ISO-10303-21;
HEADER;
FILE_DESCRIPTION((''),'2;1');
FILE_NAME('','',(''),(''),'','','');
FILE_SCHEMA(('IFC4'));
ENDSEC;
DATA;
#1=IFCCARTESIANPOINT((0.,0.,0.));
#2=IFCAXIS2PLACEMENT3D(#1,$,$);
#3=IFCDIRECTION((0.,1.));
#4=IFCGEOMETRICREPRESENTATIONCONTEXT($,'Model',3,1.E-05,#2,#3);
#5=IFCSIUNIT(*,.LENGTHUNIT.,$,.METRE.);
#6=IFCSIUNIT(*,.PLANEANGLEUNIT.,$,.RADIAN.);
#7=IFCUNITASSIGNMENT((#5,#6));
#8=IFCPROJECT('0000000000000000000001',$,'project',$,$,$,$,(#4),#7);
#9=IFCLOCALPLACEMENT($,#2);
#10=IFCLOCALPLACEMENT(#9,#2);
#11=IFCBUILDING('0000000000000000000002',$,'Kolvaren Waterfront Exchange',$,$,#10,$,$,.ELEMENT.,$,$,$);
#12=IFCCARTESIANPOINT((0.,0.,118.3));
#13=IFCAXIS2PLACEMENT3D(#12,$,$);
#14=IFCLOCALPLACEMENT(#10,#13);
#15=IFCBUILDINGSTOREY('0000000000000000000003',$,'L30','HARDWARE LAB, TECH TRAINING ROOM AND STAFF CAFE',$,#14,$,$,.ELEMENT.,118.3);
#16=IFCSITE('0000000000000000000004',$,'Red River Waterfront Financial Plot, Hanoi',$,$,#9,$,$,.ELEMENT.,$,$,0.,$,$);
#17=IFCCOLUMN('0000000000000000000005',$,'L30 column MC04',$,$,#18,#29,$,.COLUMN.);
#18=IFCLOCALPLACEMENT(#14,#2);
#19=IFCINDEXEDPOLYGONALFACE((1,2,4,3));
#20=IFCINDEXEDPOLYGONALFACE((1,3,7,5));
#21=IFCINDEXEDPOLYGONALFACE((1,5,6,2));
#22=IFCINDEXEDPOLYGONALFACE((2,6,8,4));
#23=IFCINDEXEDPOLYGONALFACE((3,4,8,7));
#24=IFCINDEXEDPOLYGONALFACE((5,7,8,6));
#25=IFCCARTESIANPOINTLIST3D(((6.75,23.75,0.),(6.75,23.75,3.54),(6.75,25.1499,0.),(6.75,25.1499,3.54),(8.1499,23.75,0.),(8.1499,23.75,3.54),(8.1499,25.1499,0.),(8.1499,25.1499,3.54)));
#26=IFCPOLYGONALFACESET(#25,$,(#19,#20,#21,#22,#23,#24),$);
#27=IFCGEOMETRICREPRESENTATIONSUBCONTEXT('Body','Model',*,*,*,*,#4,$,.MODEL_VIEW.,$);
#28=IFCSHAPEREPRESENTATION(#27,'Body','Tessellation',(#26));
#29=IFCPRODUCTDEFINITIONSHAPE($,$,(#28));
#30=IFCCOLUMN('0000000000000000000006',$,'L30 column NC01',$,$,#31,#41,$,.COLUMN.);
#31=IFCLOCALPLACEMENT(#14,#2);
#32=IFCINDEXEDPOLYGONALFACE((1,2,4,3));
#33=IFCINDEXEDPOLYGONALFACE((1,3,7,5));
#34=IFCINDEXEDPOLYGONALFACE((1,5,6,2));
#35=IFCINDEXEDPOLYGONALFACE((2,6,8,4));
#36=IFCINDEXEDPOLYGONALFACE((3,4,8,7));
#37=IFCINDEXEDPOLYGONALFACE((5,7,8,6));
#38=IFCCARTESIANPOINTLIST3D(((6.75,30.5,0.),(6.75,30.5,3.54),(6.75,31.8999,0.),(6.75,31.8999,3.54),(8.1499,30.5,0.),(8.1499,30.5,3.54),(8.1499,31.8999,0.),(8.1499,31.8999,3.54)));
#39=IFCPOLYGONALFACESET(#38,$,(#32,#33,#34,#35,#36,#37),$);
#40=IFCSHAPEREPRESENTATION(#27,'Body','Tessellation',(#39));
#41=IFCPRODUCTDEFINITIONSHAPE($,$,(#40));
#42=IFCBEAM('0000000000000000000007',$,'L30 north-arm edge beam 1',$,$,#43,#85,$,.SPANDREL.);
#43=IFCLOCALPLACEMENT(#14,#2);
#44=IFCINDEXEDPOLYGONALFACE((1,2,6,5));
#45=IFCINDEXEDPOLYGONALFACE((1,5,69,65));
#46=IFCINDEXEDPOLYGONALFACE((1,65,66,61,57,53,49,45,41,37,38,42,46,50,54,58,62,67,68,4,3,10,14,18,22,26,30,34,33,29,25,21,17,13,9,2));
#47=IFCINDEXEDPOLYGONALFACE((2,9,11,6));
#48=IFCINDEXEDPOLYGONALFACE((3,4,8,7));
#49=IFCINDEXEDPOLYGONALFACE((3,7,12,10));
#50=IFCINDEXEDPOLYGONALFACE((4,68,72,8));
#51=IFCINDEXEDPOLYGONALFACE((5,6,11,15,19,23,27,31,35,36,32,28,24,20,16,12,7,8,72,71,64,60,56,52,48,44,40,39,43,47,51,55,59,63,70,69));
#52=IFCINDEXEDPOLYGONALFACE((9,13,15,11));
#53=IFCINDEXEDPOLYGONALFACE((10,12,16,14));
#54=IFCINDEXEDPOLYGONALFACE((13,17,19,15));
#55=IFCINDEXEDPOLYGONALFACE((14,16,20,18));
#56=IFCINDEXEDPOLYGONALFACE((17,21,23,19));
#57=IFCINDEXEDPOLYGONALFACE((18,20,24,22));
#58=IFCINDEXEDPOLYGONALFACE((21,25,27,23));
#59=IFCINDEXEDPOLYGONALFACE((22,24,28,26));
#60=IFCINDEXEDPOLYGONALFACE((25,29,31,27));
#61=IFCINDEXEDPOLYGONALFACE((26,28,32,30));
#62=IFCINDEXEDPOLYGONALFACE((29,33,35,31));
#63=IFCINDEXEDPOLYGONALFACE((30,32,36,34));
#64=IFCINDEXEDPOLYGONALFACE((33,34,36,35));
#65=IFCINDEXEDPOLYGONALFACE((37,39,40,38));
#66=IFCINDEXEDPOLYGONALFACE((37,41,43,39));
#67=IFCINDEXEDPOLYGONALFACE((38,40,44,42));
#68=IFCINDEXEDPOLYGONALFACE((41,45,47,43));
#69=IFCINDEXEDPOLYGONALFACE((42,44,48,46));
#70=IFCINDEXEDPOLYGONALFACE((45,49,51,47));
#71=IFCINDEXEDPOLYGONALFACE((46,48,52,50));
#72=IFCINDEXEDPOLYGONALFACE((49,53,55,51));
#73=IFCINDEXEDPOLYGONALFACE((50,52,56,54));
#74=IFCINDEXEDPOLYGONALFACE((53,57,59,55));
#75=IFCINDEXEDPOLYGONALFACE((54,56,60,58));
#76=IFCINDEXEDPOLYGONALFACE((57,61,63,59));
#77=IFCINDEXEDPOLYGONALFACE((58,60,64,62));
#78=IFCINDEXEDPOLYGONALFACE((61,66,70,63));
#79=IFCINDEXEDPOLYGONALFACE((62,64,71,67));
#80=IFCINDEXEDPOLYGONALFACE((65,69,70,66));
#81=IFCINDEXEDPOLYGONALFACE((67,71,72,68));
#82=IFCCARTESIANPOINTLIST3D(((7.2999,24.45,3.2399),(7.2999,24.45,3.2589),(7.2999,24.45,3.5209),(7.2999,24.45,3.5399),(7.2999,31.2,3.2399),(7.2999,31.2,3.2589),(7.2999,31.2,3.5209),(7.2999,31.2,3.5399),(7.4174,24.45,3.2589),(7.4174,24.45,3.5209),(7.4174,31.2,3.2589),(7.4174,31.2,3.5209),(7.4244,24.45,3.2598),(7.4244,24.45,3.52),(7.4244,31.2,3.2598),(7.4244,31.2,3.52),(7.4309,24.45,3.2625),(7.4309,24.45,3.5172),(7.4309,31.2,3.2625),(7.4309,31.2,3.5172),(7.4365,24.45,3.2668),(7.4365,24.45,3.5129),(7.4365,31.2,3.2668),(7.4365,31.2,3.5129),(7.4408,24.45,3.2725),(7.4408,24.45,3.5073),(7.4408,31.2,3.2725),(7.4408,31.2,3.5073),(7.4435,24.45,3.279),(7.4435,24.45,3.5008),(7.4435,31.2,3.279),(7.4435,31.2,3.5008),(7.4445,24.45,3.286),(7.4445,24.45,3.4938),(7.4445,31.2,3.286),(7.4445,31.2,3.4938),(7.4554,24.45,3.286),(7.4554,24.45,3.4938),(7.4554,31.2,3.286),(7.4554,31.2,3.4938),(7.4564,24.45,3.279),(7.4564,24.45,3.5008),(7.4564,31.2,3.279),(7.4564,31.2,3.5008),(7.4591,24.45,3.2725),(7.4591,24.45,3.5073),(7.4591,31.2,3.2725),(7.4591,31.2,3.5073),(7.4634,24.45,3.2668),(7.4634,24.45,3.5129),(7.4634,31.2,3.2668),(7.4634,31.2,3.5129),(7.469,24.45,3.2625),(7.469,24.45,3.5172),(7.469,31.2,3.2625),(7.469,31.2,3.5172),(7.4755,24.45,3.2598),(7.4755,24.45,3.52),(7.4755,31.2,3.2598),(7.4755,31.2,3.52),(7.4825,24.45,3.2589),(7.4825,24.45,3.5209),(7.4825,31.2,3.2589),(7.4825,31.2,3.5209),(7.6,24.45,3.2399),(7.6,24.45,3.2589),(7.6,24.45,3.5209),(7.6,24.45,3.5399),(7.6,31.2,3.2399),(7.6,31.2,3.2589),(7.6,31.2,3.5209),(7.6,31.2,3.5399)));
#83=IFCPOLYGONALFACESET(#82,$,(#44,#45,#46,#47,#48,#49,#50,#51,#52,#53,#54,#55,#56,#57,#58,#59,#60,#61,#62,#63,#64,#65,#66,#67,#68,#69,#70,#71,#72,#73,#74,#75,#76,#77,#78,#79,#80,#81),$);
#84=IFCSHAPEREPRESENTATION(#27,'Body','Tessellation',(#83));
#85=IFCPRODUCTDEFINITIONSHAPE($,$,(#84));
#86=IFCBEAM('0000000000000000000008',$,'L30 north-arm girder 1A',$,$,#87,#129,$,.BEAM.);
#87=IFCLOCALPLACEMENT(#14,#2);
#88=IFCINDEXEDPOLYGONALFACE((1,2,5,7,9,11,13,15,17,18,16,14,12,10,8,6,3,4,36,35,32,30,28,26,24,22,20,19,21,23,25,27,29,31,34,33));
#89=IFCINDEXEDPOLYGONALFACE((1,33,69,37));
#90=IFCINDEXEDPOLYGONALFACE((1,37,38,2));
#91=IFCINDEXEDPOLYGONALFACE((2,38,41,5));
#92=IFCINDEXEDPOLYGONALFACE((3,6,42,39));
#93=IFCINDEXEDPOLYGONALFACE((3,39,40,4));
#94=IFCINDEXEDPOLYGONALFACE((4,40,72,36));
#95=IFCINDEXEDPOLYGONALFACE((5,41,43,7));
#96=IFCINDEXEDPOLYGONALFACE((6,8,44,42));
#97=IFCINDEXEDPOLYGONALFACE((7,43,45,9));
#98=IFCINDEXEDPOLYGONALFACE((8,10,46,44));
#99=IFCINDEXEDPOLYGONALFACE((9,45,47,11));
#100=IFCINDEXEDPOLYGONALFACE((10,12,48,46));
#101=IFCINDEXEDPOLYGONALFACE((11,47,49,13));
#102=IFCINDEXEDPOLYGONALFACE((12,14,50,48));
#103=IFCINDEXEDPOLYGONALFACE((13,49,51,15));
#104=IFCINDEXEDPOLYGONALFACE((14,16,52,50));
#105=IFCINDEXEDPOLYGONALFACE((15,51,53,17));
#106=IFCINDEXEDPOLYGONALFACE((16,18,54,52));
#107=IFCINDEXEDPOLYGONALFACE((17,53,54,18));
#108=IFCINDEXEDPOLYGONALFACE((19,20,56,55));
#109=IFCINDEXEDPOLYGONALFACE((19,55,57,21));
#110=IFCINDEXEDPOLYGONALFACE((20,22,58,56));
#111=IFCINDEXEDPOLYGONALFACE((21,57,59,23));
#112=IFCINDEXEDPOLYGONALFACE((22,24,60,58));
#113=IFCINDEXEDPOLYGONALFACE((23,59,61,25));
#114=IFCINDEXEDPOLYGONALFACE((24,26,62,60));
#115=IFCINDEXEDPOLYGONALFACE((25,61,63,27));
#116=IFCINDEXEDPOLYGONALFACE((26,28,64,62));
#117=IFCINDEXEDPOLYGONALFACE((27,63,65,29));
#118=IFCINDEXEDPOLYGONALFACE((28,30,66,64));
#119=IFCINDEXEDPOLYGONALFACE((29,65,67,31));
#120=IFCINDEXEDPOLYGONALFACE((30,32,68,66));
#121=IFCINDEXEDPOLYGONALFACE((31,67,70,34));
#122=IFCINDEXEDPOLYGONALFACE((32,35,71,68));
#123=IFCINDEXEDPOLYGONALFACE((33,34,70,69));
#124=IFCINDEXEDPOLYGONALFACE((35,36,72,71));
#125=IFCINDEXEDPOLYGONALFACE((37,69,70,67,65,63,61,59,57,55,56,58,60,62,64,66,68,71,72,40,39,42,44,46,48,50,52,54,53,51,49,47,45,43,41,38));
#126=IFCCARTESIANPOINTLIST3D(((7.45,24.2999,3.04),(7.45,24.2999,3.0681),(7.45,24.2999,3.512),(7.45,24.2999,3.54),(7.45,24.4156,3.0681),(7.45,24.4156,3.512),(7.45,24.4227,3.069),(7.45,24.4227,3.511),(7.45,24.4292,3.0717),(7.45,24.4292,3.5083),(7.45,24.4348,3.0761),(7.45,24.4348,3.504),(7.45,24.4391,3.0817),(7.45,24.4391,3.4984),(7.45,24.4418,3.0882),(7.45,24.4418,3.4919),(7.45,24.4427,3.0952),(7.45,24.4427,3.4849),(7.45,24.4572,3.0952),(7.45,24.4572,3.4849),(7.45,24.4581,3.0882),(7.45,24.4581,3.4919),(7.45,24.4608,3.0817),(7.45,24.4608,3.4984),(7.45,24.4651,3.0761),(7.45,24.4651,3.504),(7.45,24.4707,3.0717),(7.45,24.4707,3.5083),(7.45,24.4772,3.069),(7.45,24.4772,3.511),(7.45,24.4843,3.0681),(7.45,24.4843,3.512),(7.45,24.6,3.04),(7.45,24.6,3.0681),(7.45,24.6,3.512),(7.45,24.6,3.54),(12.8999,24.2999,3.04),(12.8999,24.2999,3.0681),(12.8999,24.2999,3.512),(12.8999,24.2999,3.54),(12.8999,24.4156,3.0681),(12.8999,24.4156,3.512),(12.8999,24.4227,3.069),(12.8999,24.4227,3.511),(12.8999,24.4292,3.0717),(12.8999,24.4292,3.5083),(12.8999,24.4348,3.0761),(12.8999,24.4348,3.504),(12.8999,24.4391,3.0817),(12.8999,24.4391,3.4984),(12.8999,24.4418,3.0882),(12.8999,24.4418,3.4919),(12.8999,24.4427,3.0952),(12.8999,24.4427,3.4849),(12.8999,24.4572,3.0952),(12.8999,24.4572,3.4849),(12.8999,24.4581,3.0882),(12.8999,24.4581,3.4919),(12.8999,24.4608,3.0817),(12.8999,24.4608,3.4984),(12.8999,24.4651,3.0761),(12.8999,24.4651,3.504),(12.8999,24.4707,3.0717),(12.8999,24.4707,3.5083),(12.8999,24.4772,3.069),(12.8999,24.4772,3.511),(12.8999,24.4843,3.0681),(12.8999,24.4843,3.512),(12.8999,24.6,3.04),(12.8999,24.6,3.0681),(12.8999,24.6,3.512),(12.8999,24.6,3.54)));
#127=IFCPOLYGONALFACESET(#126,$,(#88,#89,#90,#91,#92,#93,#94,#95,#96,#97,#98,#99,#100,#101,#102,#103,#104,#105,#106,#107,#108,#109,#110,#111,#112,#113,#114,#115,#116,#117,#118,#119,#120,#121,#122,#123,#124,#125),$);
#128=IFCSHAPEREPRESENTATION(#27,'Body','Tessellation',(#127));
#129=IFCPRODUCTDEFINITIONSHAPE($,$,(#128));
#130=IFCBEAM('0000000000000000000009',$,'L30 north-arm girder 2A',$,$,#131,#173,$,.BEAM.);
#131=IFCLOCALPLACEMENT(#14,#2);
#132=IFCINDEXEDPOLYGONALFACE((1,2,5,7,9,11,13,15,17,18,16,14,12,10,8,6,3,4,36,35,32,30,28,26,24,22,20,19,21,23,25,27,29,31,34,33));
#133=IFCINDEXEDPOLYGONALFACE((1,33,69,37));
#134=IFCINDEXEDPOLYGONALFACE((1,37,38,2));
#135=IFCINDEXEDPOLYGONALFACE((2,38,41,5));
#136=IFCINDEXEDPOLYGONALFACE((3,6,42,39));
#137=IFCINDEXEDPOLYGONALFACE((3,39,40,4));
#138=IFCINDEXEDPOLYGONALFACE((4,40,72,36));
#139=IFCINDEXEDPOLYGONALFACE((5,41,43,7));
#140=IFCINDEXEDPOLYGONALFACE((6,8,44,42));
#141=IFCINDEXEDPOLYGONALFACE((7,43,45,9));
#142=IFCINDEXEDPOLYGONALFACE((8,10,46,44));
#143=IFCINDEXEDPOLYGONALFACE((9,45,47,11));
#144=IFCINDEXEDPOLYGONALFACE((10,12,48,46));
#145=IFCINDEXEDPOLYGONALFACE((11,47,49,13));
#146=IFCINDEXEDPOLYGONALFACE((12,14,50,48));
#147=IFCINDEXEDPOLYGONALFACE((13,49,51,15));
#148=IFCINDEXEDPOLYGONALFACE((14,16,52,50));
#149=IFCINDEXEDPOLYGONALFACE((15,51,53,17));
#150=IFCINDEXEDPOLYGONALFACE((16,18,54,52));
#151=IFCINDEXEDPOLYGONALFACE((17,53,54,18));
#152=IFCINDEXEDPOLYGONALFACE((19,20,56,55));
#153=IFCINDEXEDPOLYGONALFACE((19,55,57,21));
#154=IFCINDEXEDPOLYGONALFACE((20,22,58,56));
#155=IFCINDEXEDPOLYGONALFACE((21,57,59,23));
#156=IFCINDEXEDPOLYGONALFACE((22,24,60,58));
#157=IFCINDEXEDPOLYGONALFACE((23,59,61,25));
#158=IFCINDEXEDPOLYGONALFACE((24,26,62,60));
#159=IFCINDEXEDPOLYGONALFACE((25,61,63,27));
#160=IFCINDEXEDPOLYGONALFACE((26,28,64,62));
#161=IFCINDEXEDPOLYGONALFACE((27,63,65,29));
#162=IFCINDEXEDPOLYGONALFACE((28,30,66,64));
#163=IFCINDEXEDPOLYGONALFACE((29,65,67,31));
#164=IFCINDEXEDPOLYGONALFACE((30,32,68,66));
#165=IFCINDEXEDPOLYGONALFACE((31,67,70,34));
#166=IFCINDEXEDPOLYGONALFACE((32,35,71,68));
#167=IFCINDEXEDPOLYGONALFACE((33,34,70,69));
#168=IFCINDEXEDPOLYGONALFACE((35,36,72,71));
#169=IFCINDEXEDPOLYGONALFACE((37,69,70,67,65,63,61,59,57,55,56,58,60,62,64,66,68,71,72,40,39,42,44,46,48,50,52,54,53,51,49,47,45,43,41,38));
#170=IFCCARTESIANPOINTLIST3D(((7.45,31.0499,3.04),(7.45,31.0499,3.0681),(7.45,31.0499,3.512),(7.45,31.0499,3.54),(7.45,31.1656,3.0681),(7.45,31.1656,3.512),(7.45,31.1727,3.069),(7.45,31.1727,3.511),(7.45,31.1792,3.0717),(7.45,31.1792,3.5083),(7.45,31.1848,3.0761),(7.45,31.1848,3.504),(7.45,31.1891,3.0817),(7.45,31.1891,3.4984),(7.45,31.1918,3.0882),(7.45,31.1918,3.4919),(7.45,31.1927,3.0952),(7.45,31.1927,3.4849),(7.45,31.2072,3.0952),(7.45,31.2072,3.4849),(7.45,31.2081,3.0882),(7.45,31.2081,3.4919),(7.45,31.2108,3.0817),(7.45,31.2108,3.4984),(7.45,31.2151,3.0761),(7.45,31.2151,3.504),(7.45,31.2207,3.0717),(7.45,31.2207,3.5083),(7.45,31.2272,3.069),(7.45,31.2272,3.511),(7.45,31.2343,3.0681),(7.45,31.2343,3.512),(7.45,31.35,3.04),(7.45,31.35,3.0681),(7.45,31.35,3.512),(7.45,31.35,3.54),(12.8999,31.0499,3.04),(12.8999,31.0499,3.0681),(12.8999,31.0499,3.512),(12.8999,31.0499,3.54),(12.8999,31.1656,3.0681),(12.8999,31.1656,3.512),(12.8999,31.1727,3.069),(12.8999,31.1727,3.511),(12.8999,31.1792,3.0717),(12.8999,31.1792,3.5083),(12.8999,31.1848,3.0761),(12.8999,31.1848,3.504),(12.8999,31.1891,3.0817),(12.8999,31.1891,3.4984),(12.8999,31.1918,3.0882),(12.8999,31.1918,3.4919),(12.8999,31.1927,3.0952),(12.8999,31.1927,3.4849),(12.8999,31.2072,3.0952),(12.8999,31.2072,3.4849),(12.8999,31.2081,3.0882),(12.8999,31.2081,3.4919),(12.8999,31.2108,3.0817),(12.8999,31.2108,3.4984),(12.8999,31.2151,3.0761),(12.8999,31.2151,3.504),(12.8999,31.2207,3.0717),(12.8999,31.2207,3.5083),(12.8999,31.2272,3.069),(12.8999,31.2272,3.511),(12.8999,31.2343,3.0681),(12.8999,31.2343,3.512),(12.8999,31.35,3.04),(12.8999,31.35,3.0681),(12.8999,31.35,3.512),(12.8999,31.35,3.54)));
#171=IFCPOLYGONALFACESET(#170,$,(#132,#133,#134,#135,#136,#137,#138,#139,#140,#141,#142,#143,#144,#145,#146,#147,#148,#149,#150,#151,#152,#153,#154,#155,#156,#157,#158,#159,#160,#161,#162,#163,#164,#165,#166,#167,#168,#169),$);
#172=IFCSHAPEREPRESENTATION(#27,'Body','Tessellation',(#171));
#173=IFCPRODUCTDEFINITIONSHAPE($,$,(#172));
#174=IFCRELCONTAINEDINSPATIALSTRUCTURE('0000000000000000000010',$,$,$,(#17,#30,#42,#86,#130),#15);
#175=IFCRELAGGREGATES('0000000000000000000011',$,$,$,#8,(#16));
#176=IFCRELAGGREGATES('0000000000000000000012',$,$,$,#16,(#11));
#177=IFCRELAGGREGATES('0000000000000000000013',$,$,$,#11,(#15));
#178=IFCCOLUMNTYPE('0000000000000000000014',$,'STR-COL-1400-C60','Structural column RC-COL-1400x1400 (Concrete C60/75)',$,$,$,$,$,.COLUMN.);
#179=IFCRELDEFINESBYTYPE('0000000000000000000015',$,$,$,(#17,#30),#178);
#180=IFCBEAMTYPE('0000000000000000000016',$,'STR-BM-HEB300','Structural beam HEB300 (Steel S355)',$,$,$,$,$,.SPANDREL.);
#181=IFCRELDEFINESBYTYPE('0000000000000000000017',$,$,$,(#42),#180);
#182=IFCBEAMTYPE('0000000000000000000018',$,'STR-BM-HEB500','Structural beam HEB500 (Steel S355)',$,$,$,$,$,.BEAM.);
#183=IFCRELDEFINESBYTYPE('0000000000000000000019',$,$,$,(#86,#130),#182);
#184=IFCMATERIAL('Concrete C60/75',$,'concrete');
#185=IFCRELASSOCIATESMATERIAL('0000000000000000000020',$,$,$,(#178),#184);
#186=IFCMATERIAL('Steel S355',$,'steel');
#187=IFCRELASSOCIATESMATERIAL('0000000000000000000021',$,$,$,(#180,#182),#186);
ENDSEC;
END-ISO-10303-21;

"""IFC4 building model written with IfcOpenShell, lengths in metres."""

from ifc_helpers import new_model, si_unit, direction, frame, origin, origin_2d, place, context, subcontext, project, spatial, rectangle, i_section, extrude, material, material_profile, profile_set, type_object, element, save


model = new_model("IFC4")

# Units and contexts
model_context = context("Model", 3, precision=1e-05, world=origin(), true_north=direction((0.0, 1.0)))
body_context = subcontext(model_context, "Body", "Model", "MODEL_VIEW")
ifc_project = project(units=[si_unit("LENGTHUNIT", "METRE"), si_unit("PLANEANGLEUNIT", "RADIAN")], contexts=[model_context])

# Site, building, storey
site_placement = place(None, origin())
site = spatial("IfcSite", under=ifc_project, at=site_placement, Name="Red River Waterfront Financial Plot, Hanoi", CompositionType="ELEMENT", RefElevation=0.0)
building_placement = place(site_placement, origin())
building = spatial("IfcBuilding", under=site, at=building_placement, Name="Kolvaren Waterfront Exchange", CompositionType="ELEMENT")
storey_placement = place(building_placement, frame((0.0, 0.0, 118.3)))
storey = spatial("IfcBuildingStorey", under=building, at=storey_placement, Name="L30", Description="HARDWARE LAB, TECH TRAINING ROOM AND STAFF CAFE", CompositionType="ELEMENT", Elevation=118.3)

# Columns
ifc_material_1 = material(Name="Concrete C60/75", Category="concrete")
ifc_material_profile_1 = material_profile(ifc_material_1, rectangle(XDim=1.3999, YDim=1.3999, at=origin_2d()), Name="RC-COL-1400x1400")
ifc_profile_set_1 = profile_set([ifc_material_profile_1], Name="Concrete C60/75")
column_type = type_object("IfcColumnType", Name="STR-COL-1400-C60", Description="Structural column RC-COL-1400x1400 (Concrete C60/75)", PredefinedType="COLUMN", material=ifc_profile_set_1)
for number, where, z_axis, x_axis, name in (
    (1, (7.45, 24.45, 0.0), (0.0, 0.0, 1.0), (1.0, 0.0, 0.0), "L30 column MC04"),
    (2, (7.45, 31.2, 0.0), (0.0, 0.0, 1.0), (1.0, 0.0, 0.0), "L30 column NC01"),
):
    element("IfcColumn", number, at=place(storey_placement, frame(where, z_axis=z_axis, x_axis=x_axis)), inside=storey, type_object=column_type, Name=name, PredefinedType="COLUMN", context=body_context, shape_type="SweptSolid", body=[
        extrude(rectangle(XDim=1.3999, YDim=1.3999, at=origin_2d()), origin(), (0.0, 0.0, 1.0), 3.54),
    ])

# Beams
ifc_material_2 = material(Name="Steel S355", Category="steel")
ifc_material_profile_2 = material_profile(ifc_material_2, i_section(OverallWidth=0.3, OverallDepth=0.3, WebThickness=0.011, FlangeThickness=0.019, FilletRadius=0.0271, at=origin_2d()), Name="HEB300")
ifc_profile_set_2 = profile_set([ifc_material_profile_2], Name="Steel S355")
beam_type_1 = type_object("IfcBeamType", Name="STR-BM-HEB300", Description="Structural beam HEB300 (Steel S355)", PredefinedType="SPANDREL", material=ifc_profile_set_2)
beam_1_placement = place(storey_placement, frame((7.45, 24.45, 3.3899), z_axis=(0.0, 1.0, 0.0), x_axis=(-1.0, 0.0, 0.0)))
element("IfcBeam", 3, at=beam_1_placement, inside=storey, type_object=beam_type_1, Name="L30 north-arm edge beam 1", PredefinedType="SPANDREL", context=body_context, shape_type="SweptSolid", body=[
    extrude(i_section(OverallWidth=0.3, OverallDepth=0.3, WebThickness=0.011, FlangeThickness=0.019, FilletRadius=0.0271, at=origin_2d()), origin(), (0.0, 0.0, 1.0), 6.75),
])
ifc_material_profile_3 = material_profile(ifc_material_2, i_section(OverallWidth=0.3, OverallDepth=0.5, WebThickness=0.0144, FlangeThickness=0.0281, FilletRadius=0.0271, at=origin_2d()), Name="HEB500")
ifc_profile_set_3 = profile_set([ifc_material_profile_3], Name="Steel S355")
beam_type_2 = type_object("IfcBeamType", Name="STR-BM-HEB500", Description="Structural beam HEB500 (Steel S355)", PredefinedType="BEAM", material=ifc_profile_set_3)
for number, where, z_axis, x_axis, name in (
    (4, (7.45, 24.45, 3.29), (1.0, 0.0, 0.0), (0.0, 1.0, 0.0), "L30 north-arm girder 1A"),
    (5, (7.45, 31.2, 3.29), (1.0, 0.0, 0.0), (0.0, 1.0, 0.0), "L30 north-arm girder 2A"),
):
    element("IfcBeam", number, at=place(storey_placement, frame(where, z_axis=z_axis, x_axis=x_axis)), inside=storey, type_object=beam_type_2, Name=name, PredefinedType="BEAM", context=body_context, shape_type="SweptSolid", body=[
        extrude(i_section(OverallWidth=0.3, OverallDepth=0.5, WebThickness=0.0144, FlangeThickness=0.0281, FilletRadius=0.0271, at=origin_2d()), origin(), (0.0, 0.0, 1.0), 5.45),
    ])

save(model, "model.ifc")
